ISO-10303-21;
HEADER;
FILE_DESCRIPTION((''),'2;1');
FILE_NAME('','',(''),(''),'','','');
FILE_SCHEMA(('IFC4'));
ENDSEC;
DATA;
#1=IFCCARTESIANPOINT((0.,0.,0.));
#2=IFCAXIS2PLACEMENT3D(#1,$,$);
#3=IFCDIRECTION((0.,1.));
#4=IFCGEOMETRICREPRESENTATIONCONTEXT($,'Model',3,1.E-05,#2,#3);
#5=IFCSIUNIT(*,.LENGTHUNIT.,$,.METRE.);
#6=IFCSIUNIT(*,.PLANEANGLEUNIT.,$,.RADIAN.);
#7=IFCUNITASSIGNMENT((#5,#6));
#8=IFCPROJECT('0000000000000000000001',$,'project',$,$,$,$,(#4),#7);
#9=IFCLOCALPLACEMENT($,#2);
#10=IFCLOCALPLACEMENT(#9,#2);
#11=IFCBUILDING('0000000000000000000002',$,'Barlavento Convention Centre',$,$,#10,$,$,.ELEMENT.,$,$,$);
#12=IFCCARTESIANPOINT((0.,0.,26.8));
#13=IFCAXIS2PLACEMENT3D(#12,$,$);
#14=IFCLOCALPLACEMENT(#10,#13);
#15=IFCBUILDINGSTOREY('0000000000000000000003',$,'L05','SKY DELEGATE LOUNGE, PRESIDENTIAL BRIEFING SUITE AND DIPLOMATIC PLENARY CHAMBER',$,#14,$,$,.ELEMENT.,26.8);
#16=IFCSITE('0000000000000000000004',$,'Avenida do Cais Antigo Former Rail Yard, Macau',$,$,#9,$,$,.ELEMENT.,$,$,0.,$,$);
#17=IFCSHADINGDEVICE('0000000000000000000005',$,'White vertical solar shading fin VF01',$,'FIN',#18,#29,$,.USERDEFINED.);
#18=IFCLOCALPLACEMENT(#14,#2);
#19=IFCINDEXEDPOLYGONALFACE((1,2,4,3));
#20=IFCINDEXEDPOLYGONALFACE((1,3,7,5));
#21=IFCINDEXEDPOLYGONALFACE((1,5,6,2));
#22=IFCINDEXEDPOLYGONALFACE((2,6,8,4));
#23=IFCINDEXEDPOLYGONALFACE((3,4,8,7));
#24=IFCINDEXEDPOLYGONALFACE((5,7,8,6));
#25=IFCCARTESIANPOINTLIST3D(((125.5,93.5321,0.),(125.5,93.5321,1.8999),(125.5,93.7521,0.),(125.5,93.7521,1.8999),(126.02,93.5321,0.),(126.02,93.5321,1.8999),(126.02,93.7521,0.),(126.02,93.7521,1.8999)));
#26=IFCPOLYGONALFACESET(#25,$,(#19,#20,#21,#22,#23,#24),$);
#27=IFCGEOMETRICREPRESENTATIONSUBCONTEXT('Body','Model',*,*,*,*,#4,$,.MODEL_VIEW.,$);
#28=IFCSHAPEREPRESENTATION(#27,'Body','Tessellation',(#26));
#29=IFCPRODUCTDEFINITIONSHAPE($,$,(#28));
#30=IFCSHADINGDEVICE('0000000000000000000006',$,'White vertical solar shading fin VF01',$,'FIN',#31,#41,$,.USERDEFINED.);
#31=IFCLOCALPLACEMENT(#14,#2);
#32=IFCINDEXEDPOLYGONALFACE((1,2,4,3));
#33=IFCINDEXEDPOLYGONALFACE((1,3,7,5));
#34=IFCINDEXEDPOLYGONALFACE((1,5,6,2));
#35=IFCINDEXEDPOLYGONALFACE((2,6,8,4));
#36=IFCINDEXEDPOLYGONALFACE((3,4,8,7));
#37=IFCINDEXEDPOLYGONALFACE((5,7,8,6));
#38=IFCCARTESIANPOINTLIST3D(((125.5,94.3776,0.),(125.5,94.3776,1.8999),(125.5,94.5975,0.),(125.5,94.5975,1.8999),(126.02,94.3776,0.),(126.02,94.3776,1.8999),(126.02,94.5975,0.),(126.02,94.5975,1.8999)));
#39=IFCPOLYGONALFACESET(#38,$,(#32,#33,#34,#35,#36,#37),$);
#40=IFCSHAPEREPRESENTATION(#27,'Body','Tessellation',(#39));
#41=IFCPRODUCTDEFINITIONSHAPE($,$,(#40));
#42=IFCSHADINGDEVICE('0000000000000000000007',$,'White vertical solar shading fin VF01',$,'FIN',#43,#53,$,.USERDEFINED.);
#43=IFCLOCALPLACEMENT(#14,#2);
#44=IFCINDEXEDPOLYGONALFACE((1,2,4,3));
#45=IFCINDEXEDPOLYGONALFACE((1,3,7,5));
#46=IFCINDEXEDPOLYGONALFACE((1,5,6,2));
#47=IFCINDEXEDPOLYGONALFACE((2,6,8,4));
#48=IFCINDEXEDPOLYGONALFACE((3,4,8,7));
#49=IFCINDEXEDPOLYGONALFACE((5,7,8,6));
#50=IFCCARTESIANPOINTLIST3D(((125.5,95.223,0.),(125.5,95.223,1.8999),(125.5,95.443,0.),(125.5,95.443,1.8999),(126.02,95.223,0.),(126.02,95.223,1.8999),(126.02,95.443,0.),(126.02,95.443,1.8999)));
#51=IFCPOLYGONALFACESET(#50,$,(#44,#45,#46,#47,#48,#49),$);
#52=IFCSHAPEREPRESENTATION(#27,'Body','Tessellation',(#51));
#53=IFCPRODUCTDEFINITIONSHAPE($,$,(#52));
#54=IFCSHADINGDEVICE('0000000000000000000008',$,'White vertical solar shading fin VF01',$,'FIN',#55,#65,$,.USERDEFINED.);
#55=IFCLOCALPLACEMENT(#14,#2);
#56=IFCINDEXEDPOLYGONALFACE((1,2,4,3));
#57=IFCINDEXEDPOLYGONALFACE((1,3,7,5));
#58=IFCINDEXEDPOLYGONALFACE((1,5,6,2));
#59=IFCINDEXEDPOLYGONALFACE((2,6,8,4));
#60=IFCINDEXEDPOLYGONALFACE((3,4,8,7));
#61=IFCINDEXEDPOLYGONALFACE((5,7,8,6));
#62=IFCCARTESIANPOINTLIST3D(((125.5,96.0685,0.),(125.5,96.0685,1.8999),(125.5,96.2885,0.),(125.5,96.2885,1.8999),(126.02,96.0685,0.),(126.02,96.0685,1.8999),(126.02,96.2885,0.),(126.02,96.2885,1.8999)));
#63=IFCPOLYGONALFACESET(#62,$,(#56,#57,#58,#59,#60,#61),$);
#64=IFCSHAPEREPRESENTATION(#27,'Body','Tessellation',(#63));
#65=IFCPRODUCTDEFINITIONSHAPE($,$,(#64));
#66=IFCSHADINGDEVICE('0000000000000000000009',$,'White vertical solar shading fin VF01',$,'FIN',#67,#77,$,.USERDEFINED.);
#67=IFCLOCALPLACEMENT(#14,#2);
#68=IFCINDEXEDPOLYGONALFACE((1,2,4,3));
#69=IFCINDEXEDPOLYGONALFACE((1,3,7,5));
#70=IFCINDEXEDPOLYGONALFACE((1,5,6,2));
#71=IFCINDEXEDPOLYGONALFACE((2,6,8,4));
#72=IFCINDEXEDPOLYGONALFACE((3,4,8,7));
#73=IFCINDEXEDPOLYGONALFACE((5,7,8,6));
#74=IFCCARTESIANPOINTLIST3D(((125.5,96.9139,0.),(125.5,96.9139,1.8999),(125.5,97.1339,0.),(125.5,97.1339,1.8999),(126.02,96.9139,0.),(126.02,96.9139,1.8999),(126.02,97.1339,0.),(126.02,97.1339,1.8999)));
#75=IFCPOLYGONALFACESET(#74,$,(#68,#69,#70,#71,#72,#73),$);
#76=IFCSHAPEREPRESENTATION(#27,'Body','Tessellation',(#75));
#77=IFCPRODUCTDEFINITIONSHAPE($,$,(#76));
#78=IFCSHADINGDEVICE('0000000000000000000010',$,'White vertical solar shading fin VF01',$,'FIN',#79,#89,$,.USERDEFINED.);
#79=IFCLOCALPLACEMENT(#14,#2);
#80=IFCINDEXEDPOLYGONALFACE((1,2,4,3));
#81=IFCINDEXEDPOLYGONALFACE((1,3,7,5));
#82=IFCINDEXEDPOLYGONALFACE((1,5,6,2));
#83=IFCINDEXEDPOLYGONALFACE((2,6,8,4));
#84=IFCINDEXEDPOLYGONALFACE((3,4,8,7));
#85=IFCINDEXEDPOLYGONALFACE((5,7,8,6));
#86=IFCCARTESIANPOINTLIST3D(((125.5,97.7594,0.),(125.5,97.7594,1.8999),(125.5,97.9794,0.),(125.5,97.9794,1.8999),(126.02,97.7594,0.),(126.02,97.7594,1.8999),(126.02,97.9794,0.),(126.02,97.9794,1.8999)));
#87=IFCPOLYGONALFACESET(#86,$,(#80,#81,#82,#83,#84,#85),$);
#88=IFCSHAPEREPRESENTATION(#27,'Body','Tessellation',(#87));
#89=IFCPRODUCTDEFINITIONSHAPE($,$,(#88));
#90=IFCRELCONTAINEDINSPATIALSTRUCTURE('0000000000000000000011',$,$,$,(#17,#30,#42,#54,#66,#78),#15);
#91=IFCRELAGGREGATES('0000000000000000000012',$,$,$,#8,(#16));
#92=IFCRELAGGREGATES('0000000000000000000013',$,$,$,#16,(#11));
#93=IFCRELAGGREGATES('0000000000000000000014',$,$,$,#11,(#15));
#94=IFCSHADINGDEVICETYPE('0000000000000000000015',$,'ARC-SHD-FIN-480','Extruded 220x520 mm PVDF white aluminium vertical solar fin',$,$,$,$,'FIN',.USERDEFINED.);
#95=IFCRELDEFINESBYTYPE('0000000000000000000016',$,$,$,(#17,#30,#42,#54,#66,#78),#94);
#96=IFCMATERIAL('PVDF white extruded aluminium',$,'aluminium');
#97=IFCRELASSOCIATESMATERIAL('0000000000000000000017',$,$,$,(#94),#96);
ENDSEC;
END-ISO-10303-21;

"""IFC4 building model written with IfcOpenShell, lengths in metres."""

from ifc_helpers import new_model, si_unit, direction, frame, origin, origin_2d, place, context, subcontext, project, spatial, rectangle, extrude, material, type_object, element, save


model = new_model("IFC4")

# Units and contexts
model_context = context("Model", 3, precision=1e-05, world=origin(), true_north=direction((0.0, 1.0)))
body_context = subcontext(model_context, "Body", "Model", "MODEL_VIEW")
ifc_project = project(units=[si_unit("LENGTHUNIT", "METRE"), si_unit("PLANEANGLEUNIT", "RADIAN")], contexts=[model_context])

# Site, building, storey
site_placement = place(None, origin())
site = spatial("IfcSite", under=ifc_project, at=site_placement, Name="Avenida do Cais Antigo Former Rail Yard, Macau", CompositionType="ELEMENT", RefElevation=0.0)
building_placement = place(site_placement, origin())
building = spatial("IfcBuilding", under=site, at=building_placement, Name="Barlavento Convention Centre", CompositionType="ELEMENT")
storey_placement = place(building_placement, frame((0.0, 0.0, 26.8)))
storey = spatial("IfcBuildingStorey", under=building, at=storey_placement, Name="L05", Description="SKY DELEGATE LOUNGE, PRESIDENTIAL BRIEFING SUITE AND DIPLOMATIC PLENARY CHAMBER", CompositionType="ELEMENT", Elevation=26.8)

# Shading devices
ifc_material_1 = material(Name="PVDF white extruded aluminium", Category="aluminium")
shading_device_type = type_object("IfcShadingDeviceType", Name="ARC-SHD-FIN-480", Description="Extruded 220x520 mm PVDF white aluminium vertical solar fin", ElementType="FIN", PredefinedType="USERDEFINED", material=ifc_material_1)
for number, where, z_axis, x_axis, name in (
    (1, (125.76, 93.6421, 0.0), (0.0, 0.0, 1.0), (0.0, 1.0, 0.0), "White vertical solar shading fin VF01"),
    (2, (125.76, 94.4875, 0.0), (0.0, 0.0, 1.0), (0.0, 1.0, 0.0), "White vertical solar shading fin VF01"),
    (3, (125.76, 95.333, 0.0), (0.0, 0.0, 1.0), (0.0, 1.0, 0.0), "White vertical solar shading fin VF01"),
    (4, (125.76, 96.1785, 0.0), (0.0, 0.0, 1.0), (0.0, 1.0, 0.0), "White vertical solar shading fin VF01"),
    (5, (125.76, 97.0239, 0.0), (0.0, 0.0, 1.0), (0.0, 1.0, 0.0), "White vertical solar shading fin VF01"),
    (6, (125.76, 97.8694, 0.0), (0.0, 0.0, 1.0), (0.0, 1.0, 0.0), "White vertical solar shading fin VF01"),
):
    element("IfcShadingDevice", number, at=place(storey_placement, frame(where, z_axis=z_axis, x_axis=x_axis)), inside=storey, type_object=shading_device_type, Name=name, ObjectType="FIN", PredefinedType="USERDEFINED", context=body_context, shape_type="SweptSolid", body=[
        extrude(rectangle(XDim=0.22, YDim=0.52, at=origin_2d()), origin(), (0.0, 0.0, 1.0), 1.8999),
    ])

save(model, "model.ifc")
